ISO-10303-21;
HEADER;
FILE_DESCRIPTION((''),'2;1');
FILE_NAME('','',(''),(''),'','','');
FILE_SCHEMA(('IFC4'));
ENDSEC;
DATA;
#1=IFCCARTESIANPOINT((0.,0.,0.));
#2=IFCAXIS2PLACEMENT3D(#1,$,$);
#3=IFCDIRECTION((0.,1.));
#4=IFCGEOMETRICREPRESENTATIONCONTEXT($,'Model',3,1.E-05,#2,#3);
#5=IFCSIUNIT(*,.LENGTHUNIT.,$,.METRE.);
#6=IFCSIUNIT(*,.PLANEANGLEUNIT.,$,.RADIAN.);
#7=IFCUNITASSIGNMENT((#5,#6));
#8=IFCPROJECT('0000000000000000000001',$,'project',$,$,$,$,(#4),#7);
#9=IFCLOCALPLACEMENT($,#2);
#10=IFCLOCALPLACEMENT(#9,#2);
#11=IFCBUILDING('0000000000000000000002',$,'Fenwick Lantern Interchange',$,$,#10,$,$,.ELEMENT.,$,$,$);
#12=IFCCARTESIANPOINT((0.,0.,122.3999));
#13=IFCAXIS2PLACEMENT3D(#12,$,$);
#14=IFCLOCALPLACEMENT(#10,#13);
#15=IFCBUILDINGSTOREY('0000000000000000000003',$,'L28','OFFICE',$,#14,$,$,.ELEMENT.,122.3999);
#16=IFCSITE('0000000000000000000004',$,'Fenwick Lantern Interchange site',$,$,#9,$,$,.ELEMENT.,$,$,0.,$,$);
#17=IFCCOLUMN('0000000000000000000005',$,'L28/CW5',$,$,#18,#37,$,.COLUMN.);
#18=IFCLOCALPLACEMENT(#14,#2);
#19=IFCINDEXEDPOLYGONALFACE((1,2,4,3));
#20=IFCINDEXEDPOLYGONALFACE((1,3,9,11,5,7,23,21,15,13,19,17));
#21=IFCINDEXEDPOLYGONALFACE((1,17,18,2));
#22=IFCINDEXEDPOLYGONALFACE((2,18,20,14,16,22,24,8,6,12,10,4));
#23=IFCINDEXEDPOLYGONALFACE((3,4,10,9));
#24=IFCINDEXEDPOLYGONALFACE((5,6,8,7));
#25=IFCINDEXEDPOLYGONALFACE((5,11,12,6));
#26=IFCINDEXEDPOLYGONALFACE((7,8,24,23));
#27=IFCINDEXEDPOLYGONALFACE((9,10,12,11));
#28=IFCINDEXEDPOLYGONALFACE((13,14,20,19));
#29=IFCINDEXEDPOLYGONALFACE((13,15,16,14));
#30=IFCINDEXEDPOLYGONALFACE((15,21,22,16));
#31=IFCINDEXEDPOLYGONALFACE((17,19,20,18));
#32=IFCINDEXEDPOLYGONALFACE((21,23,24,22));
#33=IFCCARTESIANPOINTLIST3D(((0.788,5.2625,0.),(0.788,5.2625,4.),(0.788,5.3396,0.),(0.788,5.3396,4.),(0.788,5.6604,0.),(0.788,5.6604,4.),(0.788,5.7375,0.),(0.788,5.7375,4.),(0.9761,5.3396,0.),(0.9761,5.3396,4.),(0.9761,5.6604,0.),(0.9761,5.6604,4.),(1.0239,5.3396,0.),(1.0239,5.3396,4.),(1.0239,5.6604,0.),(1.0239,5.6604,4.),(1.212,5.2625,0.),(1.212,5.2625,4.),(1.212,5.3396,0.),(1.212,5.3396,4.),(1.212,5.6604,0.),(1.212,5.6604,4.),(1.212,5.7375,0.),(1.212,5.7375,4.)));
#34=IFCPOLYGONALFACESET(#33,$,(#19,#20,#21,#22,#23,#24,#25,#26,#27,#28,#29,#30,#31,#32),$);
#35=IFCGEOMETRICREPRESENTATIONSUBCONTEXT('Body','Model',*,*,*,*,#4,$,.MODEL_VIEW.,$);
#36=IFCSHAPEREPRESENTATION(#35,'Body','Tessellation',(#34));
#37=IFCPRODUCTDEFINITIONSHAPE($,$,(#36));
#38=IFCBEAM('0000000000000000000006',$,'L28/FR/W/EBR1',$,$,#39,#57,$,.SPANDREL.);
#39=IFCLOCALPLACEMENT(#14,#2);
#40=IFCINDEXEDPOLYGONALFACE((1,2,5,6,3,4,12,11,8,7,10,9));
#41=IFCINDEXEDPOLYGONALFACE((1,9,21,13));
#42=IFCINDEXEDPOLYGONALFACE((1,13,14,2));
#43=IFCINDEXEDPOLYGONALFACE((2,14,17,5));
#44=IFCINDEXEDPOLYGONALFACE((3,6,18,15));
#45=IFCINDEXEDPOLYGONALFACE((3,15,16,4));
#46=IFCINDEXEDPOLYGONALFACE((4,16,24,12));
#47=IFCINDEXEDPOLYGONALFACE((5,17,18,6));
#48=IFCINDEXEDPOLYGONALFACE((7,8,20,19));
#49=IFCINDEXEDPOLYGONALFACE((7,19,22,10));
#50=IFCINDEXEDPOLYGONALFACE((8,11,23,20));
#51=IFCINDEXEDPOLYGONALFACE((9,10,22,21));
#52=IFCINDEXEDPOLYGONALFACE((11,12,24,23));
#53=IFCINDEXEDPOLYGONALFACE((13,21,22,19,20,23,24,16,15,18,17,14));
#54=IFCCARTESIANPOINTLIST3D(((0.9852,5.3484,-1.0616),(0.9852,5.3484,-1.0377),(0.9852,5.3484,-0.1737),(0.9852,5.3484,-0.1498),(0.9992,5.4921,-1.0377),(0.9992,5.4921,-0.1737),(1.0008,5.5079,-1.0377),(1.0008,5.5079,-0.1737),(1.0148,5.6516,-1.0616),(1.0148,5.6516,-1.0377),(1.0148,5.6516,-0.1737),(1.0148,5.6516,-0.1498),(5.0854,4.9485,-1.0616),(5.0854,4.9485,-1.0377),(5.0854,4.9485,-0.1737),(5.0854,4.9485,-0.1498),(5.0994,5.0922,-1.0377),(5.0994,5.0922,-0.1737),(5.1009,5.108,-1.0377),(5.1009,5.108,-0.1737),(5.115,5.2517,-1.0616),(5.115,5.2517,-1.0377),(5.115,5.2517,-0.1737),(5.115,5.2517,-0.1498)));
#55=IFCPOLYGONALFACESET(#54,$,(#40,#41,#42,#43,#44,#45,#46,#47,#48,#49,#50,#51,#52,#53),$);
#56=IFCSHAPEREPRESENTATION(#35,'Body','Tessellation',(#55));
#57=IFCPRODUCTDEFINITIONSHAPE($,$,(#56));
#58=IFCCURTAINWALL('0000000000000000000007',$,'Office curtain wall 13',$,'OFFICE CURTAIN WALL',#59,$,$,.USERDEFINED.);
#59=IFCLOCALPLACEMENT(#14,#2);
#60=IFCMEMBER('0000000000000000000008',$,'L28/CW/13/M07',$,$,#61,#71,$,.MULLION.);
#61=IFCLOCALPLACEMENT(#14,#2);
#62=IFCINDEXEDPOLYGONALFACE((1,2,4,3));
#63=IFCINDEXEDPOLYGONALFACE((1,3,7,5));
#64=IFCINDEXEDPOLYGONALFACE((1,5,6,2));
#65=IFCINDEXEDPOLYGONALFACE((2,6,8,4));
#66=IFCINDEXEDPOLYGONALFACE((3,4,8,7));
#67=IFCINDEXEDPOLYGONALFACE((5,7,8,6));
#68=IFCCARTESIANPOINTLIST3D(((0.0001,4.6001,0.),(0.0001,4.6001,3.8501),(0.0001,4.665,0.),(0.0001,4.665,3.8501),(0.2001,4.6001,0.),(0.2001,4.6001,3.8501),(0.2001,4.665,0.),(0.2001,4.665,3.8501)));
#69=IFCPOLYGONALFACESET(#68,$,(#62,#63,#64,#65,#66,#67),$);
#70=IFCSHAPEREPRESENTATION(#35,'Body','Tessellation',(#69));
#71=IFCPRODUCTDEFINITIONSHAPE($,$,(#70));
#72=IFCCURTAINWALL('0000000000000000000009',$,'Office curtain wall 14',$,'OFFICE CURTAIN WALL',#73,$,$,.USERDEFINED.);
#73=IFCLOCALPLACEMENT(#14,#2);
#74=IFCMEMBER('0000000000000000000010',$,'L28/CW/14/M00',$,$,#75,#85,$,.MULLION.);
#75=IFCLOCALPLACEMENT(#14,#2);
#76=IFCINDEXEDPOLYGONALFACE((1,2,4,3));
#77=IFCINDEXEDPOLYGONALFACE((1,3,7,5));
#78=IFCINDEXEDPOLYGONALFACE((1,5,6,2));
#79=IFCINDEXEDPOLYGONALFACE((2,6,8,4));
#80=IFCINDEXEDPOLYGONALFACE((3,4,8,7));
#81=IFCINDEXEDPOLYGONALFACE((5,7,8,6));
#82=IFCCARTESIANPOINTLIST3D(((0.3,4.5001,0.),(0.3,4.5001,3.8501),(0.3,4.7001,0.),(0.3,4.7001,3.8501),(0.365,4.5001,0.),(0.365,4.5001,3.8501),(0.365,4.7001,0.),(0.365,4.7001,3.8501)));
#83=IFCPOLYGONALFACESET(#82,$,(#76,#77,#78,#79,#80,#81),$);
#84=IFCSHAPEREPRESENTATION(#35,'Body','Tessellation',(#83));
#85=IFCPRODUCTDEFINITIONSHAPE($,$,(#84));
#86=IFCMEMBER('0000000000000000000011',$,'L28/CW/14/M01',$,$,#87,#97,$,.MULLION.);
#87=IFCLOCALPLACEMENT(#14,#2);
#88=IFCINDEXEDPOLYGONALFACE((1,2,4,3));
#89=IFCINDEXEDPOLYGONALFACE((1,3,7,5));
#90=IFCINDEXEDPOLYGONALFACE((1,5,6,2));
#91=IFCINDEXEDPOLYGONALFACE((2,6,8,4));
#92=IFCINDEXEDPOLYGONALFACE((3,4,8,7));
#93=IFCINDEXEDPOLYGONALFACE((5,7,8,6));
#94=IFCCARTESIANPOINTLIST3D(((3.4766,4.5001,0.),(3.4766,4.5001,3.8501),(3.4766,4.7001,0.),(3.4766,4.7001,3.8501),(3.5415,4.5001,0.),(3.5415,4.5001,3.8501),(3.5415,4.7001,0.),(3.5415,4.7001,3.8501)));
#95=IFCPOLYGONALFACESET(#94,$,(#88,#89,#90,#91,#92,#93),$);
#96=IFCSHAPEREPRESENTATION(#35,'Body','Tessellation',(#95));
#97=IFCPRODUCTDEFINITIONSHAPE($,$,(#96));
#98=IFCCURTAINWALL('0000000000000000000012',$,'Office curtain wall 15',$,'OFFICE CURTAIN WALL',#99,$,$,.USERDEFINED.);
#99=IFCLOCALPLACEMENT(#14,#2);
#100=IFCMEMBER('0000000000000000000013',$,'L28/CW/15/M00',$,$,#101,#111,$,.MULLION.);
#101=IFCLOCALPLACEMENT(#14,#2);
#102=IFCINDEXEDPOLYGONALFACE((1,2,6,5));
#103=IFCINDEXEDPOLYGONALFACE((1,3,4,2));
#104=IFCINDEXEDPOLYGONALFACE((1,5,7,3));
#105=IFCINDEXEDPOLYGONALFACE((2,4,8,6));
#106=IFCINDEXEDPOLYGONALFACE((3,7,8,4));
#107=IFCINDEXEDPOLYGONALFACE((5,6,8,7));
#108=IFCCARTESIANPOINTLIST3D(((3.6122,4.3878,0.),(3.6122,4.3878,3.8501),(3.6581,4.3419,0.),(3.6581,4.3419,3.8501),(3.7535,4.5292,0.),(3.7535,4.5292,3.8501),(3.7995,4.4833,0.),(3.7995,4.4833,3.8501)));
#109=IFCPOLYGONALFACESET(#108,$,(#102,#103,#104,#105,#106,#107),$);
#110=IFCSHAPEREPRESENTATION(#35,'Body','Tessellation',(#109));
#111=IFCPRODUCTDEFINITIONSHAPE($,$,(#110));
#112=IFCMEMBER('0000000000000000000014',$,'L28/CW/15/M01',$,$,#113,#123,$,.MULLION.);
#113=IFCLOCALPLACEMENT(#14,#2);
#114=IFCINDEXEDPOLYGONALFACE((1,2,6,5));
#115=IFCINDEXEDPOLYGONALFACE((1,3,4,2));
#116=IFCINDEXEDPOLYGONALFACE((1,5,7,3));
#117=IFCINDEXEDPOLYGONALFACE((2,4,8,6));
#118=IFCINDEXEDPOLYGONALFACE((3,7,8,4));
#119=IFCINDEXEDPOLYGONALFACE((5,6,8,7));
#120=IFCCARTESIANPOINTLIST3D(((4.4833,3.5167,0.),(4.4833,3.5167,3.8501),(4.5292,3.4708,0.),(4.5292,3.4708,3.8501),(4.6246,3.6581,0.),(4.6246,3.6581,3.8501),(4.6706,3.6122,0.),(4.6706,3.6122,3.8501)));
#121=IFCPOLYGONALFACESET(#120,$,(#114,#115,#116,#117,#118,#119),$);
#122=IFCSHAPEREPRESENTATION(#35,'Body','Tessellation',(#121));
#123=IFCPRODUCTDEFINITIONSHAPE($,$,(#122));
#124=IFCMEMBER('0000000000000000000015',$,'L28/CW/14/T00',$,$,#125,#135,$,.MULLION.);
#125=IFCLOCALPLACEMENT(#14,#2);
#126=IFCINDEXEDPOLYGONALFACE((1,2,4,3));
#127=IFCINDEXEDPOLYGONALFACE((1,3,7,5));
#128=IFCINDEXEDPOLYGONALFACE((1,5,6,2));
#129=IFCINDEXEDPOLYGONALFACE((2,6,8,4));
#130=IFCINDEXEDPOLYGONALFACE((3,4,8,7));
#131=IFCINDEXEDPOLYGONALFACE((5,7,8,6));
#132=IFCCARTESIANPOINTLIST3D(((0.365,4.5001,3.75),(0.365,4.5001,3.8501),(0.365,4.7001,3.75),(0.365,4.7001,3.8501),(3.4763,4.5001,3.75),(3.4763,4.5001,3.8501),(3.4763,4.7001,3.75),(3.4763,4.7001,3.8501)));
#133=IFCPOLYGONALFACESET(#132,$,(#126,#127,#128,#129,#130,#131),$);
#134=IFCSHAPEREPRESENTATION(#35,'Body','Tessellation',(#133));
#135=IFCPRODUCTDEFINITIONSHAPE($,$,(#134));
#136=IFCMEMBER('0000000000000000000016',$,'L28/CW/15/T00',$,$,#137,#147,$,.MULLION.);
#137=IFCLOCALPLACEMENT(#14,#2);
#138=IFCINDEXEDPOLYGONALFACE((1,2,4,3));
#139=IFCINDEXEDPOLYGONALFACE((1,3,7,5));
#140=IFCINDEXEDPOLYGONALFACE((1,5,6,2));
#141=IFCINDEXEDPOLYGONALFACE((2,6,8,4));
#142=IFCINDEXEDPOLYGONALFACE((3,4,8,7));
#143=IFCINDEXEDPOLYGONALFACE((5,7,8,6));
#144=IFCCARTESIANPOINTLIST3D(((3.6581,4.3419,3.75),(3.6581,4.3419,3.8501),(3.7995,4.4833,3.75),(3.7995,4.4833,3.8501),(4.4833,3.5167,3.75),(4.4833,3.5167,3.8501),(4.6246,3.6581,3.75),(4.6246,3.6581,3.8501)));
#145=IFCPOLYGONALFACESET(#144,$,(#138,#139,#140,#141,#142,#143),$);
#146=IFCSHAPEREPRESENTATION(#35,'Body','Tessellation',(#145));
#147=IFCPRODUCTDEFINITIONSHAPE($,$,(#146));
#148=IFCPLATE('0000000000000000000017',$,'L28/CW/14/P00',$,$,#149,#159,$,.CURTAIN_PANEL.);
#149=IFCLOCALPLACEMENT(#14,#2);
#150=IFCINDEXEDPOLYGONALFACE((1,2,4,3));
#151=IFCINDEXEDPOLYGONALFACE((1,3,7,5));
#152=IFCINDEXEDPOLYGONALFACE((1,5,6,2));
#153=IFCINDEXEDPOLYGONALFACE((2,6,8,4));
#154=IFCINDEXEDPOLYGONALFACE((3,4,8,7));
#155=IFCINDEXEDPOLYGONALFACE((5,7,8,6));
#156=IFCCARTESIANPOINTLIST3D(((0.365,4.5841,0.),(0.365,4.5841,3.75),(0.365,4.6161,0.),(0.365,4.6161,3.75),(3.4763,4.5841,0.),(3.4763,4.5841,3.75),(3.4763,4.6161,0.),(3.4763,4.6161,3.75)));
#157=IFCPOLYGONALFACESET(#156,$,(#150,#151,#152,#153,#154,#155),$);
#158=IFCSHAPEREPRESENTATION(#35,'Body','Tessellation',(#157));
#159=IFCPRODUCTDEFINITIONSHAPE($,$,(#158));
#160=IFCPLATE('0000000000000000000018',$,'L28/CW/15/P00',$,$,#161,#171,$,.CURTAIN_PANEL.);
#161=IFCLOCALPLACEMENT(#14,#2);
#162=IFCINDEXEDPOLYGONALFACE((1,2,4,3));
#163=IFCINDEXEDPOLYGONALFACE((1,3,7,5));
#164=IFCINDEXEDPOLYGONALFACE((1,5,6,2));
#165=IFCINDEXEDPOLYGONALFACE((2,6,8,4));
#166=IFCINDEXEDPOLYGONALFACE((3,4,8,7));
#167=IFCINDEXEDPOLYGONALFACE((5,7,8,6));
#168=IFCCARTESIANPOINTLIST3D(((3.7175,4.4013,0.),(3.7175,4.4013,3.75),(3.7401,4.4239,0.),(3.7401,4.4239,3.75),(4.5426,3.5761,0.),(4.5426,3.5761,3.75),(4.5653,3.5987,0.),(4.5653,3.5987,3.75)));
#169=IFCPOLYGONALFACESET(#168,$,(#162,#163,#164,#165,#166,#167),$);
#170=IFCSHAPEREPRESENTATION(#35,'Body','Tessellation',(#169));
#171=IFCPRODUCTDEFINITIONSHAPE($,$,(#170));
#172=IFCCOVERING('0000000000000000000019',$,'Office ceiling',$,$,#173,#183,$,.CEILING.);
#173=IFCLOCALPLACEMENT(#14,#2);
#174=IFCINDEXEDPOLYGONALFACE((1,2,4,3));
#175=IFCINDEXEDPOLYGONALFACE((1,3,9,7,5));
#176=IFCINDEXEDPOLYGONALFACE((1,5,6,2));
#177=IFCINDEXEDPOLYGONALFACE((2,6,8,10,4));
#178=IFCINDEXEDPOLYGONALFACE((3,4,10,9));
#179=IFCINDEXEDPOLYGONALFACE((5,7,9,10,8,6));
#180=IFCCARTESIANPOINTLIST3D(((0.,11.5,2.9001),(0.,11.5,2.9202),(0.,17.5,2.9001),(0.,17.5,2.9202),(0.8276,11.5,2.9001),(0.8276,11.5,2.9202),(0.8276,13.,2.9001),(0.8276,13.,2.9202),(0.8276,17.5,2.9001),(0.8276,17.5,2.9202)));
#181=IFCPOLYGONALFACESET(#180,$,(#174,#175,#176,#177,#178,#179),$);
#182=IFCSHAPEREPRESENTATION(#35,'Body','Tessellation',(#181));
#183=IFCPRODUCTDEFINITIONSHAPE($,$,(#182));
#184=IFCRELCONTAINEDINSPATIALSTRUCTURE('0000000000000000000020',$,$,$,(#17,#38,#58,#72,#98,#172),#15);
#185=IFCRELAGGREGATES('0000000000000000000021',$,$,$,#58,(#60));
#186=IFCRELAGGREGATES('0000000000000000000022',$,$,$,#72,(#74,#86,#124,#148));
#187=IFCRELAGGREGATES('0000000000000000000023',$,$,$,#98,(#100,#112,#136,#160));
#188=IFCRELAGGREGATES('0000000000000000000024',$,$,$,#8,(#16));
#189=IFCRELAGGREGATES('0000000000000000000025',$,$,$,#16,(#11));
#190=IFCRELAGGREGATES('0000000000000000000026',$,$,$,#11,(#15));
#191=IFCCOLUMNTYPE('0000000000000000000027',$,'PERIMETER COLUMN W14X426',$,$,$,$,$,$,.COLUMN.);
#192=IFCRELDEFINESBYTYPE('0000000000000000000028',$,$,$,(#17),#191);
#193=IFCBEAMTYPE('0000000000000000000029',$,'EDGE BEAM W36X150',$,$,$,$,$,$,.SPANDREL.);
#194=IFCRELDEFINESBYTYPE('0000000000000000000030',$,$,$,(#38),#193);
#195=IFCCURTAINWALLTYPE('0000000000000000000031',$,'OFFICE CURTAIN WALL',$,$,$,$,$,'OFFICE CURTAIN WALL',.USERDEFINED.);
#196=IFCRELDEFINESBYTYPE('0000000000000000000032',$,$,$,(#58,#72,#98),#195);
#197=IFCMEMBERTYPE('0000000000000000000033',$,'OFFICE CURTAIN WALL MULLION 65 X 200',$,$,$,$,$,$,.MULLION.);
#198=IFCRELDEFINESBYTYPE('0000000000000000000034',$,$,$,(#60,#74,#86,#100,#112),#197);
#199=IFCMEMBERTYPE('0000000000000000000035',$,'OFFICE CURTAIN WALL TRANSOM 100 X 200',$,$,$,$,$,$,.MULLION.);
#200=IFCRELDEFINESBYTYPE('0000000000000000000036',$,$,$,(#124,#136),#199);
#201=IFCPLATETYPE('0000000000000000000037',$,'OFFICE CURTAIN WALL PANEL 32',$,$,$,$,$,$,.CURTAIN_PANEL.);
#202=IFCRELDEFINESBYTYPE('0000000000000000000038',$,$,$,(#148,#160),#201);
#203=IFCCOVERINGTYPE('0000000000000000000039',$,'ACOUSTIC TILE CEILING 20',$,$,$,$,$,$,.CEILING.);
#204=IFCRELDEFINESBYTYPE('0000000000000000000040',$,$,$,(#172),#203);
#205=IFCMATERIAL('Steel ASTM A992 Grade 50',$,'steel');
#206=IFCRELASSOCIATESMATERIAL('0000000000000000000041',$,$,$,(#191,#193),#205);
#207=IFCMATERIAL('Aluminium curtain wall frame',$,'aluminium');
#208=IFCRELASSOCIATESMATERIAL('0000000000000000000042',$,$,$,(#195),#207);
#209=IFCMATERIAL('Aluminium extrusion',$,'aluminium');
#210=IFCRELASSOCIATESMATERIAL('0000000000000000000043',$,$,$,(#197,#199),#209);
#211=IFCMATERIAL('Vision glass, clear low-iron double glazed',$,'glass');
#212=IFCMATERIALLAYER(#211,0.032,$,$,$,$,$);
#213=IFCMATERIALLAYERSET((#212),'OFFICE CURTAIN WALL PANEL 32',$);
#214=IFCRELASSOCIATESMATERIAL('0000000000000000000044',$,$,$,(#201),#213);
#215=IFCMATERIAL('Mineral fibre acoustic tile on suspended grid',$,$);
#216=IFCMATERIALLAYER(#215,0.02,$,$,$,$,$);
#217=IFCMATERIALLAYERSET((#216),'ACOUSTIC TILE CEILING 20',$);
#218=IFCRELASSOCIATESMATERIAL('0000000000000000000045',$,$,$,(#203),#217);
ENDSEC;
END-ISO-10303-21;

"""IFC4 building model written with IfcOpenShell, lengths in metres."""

from ifc_helpers import new_model, si_unit, direction, frame, origin, origin_2d, place, context, subcontext, project, spatial, polyline, rectangle, i_section, outline, extrude, material, layer, layer_set, material_profile, profile_set, type_object, element, aggregate, save


model = new_model("IFC4")

# Units and contexts
model_context = context("Model", 3, precision=1e-05, world=origin(), true_north=direction((0.0, 1.0)))
body_context = subcontext(model_context, "Body", "Model", "MODEL_VIEW")
ifc_project = project(units=[si_unit("LENGTHUNIT", "METRE"), si_unit("PLANEANGLEUNIT", "RADIAN")], contexts=[model_context])

# Site, building, storey
site_placement = place(None, origin())
site = spatial("IfcSite", under=ifc_project, at=site_placement, Name="Fenwick Lantern Interchange site", CompositionType="ELEMENT", RefElevation=0.0)
building_placement = place(site_placement, origin())
building = spatial("IfcBuilding", under=site, at=building_placement, Name="Fenwick Lantern Interchange", CompositionType="ELEMENT")
storey_placement = place(building_placement, frame((0.0, 0.0, 122.3999)))
storey = spatial("IfcBuildingStorey", under=building, at=storey_placement, Name="L28", Description="OFFICE", CompositionType="ELEMENT", Elevation=122.3999)

# Column
ifc_material_1 = material(Name="Steel ASTM A992 Grade 50", Category="steel")
ifc_material_profile_1 = material_profile(ifc_material_1, i_section(OverallWidth=0.4241, OverallDepth=0.4751, WebThickness=0.0479, FlangeThickness=0.0771, at=origin_2d()), Name="W14X426")
ifc_profile_set_1 = profile_set([ifc_material_profile_1], Name="Steel ASTM A992 Grade 50")
column_type = type_object("IfcColumnType", Name="PERIMETER COLUMN W14X426", PredefinedType="COLUMN", material=ifc_profile_set_1)
column_placement = place(storey_placement, frame((1.0, 5.5, 0.0), z_axis=(0.0, 0.0, 1.0), x_axis=(1.0, 0.0, 0.0)))
element("IfcColumn", 1, at=column_placement, inside=storey, type_object=column_type, Name="L28/CW5", PredefinedType="COLUMN", context=body_context, shape_type="SweptSolid", body=[
    extrude(i_section(OverallWidth=0.4241, OverallDepth=0.4751, WebThickness=0.0479, FlangeThickness=0.0771, at=origin_2d()), origin(), (0.0, 0.0, 1.0), 4.0),
])

# Beam
ifc_material_profile_2 = material_profile(ifc_material_1, i_section(OverallWidth=0.3047, OverallDepth=0.9119, WebThickness=0.0159, FlangeThickness=0.0239, at=origin_2d()), Name="W36X150")
ifc_profile_set_2 = profile_set([ifc_material_profile_2], Name="Steel ASTM A992 Grade 50")
beam_type = type_object("IfcBeamType", Name="EDGE BEAM W36X150", PredefinedType="SPANDREL", material=ifc_profile_set_2)
beam_placement = place(storey_placement, frame((1.0, 5.5, -0.6057), z_axis=(0.995277, -0.097074, 0.0), x_axis=(0.097074, 0.995277, 0.0)))
element("IfcBeam", 2, at=beam_placement, inside=storey, type_object=beam_type, Name="L28/FR/W/EBR1", PredefinedType="SPANDREL", context=body_context, shape_type="SweptSolid", body=[
    extrude(i_section(OverallWidth=0.3047, OverallDepth=0.9119, WebThickness=0.0159, FlangeThickness=0.0239, at=origin_2d()), origin(), (0.0, 0.0, 1.0), 4.1196),
])

# Curtain wall, member
ifc_material_2 = material(Name="Aluminium curtain wall frame", Category="aluminium")
curtain_wall_type = type_object("IfcCurtainWallType", Name="OFFICE CURTAIN WALL", ElementType="OFFICE CURTAIN WALL", PredefinedType="USERDEFINED", material=ifc_material_2)
curtain_wall_1_placement = place(storey_placement, origin())
curtain_wall_1 = element("IfcCurtainWall", 3, at=curtain_wall_1_placement, inside=storey, type_object=curtain_wall_type, Name="Office curtain wall 13", ObjectType="OFFICE CURTAIN WALL", PredefinedType="USERDEFINED")
ifc_material_3 = material(Name="Aluminium extrusion", Category="aluminium")
ifc_material_profile_3 = material_profile(ifc_material_3, rectangle(XDim=0.2, YDim=0.0649, at=origin_2d()), Name="OFFICE CURTAIN WALL MULLION 65 X 200")
ifc_profile_set_3 = profile_set([ifc_material_profile_3], Name="Aluminium extrusion")
member_type_1 = type_object("IfcMemberType", Name="OFFICE CURTAIN WALL MULLION 65 X 200", PredefinedType="MULLION", material=ifc_profile_set_3)
member_1_placement = place(storey_placement, frame((0.1001, 4.6326, 0.0), z_axis=(0.0, 0.0, 1.0), x_axis=(1.0, 0.0, 0.0)))
member_1 = element("IfcMember", 4, at=member_1_placement, type_object=member_type_1, Name="L28/CW/13/M07", PredefinedType="MULLION", context=body_context, shape_type="SweptSolid", body=[
    extrude(rectangle(XDim=0.2, YDim=0.0649, at=origin_2d()), origin(), (0.0, 0.0, 1.0), 3.8501),
])
aggregate(curtain_wall_1, [member_1])

# Curtain walls, members
curtain_wall_2_placement = place(storey_placement, origin())
curtain_wall_2 = element("IfcCurtainWall", 5, at=curtain_wall_2_placement, inside=storey, type_object=curtain_wall_type, Name="Office curtain wall 14", ObjectType="OFFICE CURTAIN WALL", PredefinedType="USERDEFINED")
member_2_placement = place(storey_placement, frame((0.3325, 4.6001, 0.0), z_axis=(0.0, 0.0, 1.0), x_axis=(0.0, 1.0, 0.0)))
member_2 = element("IfcMember", 6, at=member_2_placement, type_object=member_type_1, Name="L28/CW/14/M00", PredefinedType="MULLION", context=body_context, shape_type="SweptSolid", body=[
    extrude(rectangle(XDim=0.2, YDim=0.0649, at=origin_2d()), origin(), (0.0, 0.0, 1.0), 3.8501),
])
member_3_placement = place(storey_placement, frame((3.509, 4.6001, 0.0), z_axis=(0.0, 0.0, 1.0), x_axis=(0.0, 1.0, 0.0)))
member_3 = element("IfcMember", 7, at=member_3_placement, type_object=member_type_1, Name="L28/CW/14/M01", PredefinedType="MULLION", context=body_context, shape_type="SweptSolid", body=[
    extrude(rectangle(XDim=0.2, YDim=0.0649, at=origin_2d()), origin(), (0.0, 0.0, 1.0), 3.8501),
])
curtain_wall_3_placement = place(storey_placement, origin())
curtain_wall_3 = element("IfcCurtainWall", 8, at=curtain_wall_3_placement, inside=storey, type_object=curtain_wall_type, Name="Office curtain wall 15", ObjectType="OFFICE CURTAIN WALL", PredefinedType="USERDEFINED")
member_4_placement = place(storey_placement, frame((3.7058, 4.4355, 0.0), z_axis=(0.0, 0.0, 1.0), x_axis=(0.707107, 0.707107, 0.0)))
member_4 = element("IfcMember", 9, at=member_4_placement, type_object=member_type_1, Name="L28/CW/15/M00", PredefinedType="MULLION", context=body_context, shape_type="SweptSolid", body=[
    extrude(rectangle(XDim=0.2, YDim=0.0649, at=origin_2d()), origin(), (0.0, 0.0, 1.0), 3.8501),
])
member_5_placement = place(storey_placement, frame((4.5769, 3.5645, 0.0), z_axis=(0.0, 0.0, 1.0), x_axis=(0.707107, 0.707107, 0.0)))
member_5 = element("IfcMember", 10, at=member_5_placement, type_object=member_type_1, Name="L28/CW/15/M01", PredefinedType="MULLION", context=body_context, shape_type="SweptSolid", body=[
    extrude(rectangle(XDim=0.2, YDim=0.0649, at=origin_2d()), origin(), (0.0, 0.0, 1.0), 3.8501),
])

# Members
ifc_material_profile_4 = material_profile(ifc_material_3, rectangle(XDim=0.2, YDim=0.1001, at=origin_2d()), Name="OFFICE CURTAIN WALL TRANSOM 100 X 200")
ifc_profile_set_4 = profile_set([ifc_material_profile_4], Name="Aluminium extrusion")
member_type_2 = type_object("IfcMemberType", Name="OFFICE CURTAIN WALL TRANSOM 100 X 200", PredefinedType="MULLION", material=ifc_profile_set_4)
member_6_placement = place(storey_placement, frame((0.365, 4.6001, 3.8), z_axis=(1.0, 0.0, 0.0), x_axis=(0.0, 1.0, 0.0)))
member_6 = element("IfcMember", 11, at=member_6_placement, type_object=member_type_2, Name="L28/CW/14/T00", PredefinedType="MULLION", context=body_context, shape_type="SweptSolid", body=[
    extrude(rectangle(XDim=0.2, YDim=0.1001, at=origin_2d()), origin(), (0.0, 0.0, 1.0), 3.1113),
])
member_7_placement = place(storey_placement, frame((3.7288, 4.4126, 3.8), z_axis=(0.707107, -0.707107, 0.0), x_axis=(0.707107, 0.707107, 0.0)))
member_7 = element("IfcMember", 12, at=member_7_placement, type_object=member_type_2, Name="L28/CW/15/T00", PredefinedType="MULLION", context=body_context, shape_type="SweptSolid", body=[
    extrude(rectangle(XDim=0.2, YDim=0.1001, at=origin_2d()), origin(), (0.0, 0.0, 1.0), 1.167),
])

# Shared definitions
ifc_material_4 = material(Name="Vision glass, clear low-iron double glazed", Category="glass")
ifc_layer_1 = layer(ifc_material_4, 0.032)
ifc_layer_set_1 = layer_set([ifc_layer_1], Name="OFFICE CURTAIN WALL PANEL 32")
plate_type = type_object("IfcPlateType", Name="OFFICE CURTAIN WALL PANEL 32", PredefinedType="CURTAIN_PANEL", material=ifc_layer_set_1)

# Plates
plate_1_placement = place(storey_placement, frame((1.9207, 4.6001, 0.0), z_axis=(0.0, 0.0, 1.0), x_axis=(1.0, 0.0, 0.0)))
plate_1 = element("IfcPlate", 13, at=plate_1_placement, type_object=plate_type, Name="L28/CW/14/P00", PredefinedType="CURTAIN_PANEL", context=body_context, shape_type="SweptSolid", body=[
    extrude(rectangle(XDim=3.1113, YDim=0.032, at=origin_2d()), origin(), (0.0, 0.0, 1.0), 3.75),
])
aggregate(curtain_wall_2, [member_2, member_3, member_6, plate_1])
plate_2_placement = place(storey_placement, frame((4.1414, 4.0, 0.0), z_axis=(0.0, 0.0, 1.0), x_axis=(0.707107, -0.707107, 0.0)))
plate_2 = element("IfcPlate", 14, at=plate_2_placement, type_object=plate_type, Name="L28/CW/15/P00", PredefinedType="CURTAIN_PANEL", context=body_context, shape_type="SweptSolid", body=[
    extrude(rectangle(XDim=1.167, YDim=0.032, at=origin_2d()), origin(), (0.0, 0.0, 1.0), 3.75),
])
aggregate(curtain_wall_3, [member_4, member_5, member_7, plate_2])

# Covering
ifc_material_5 = material(Name="Mineral fibre acoustic tile on suspended grid")
ifc_layer_2 = layer(ifc_material_5, 0.02)
ifc_layer_set_2 = layer_set([ifc_layer_2], Name="ACOUSTIC TILE CEILING 20")
covering_type_1 = type_object("IfcCoveringType", Name="ACOUSTIC TILE CEILING 20", PredefinedType="CEILING", material=ifc_layer_set_2)
covering_1_placement = place(storey_placement, frame((0.0, 0.0, 2.9001)))
element("IfcCovering", 15, at=covering_1_placement, inside=storey, type_object=covering_type_1, Name="Office ceiling", PredefinedType="CEILING", context=body_context, shape_type="SweptSolid", body=[
    extrude(outline(polyline([(0.0, 11.5), (0.8276, 11.5), (0.8276, 13.0), (0.8276, 17.5), (0.0, 17.5), (0.0, 11.5)])), origin(), (0.0, 0.0, 1.0), 0.02),
])

save(model, "model.ifc")
